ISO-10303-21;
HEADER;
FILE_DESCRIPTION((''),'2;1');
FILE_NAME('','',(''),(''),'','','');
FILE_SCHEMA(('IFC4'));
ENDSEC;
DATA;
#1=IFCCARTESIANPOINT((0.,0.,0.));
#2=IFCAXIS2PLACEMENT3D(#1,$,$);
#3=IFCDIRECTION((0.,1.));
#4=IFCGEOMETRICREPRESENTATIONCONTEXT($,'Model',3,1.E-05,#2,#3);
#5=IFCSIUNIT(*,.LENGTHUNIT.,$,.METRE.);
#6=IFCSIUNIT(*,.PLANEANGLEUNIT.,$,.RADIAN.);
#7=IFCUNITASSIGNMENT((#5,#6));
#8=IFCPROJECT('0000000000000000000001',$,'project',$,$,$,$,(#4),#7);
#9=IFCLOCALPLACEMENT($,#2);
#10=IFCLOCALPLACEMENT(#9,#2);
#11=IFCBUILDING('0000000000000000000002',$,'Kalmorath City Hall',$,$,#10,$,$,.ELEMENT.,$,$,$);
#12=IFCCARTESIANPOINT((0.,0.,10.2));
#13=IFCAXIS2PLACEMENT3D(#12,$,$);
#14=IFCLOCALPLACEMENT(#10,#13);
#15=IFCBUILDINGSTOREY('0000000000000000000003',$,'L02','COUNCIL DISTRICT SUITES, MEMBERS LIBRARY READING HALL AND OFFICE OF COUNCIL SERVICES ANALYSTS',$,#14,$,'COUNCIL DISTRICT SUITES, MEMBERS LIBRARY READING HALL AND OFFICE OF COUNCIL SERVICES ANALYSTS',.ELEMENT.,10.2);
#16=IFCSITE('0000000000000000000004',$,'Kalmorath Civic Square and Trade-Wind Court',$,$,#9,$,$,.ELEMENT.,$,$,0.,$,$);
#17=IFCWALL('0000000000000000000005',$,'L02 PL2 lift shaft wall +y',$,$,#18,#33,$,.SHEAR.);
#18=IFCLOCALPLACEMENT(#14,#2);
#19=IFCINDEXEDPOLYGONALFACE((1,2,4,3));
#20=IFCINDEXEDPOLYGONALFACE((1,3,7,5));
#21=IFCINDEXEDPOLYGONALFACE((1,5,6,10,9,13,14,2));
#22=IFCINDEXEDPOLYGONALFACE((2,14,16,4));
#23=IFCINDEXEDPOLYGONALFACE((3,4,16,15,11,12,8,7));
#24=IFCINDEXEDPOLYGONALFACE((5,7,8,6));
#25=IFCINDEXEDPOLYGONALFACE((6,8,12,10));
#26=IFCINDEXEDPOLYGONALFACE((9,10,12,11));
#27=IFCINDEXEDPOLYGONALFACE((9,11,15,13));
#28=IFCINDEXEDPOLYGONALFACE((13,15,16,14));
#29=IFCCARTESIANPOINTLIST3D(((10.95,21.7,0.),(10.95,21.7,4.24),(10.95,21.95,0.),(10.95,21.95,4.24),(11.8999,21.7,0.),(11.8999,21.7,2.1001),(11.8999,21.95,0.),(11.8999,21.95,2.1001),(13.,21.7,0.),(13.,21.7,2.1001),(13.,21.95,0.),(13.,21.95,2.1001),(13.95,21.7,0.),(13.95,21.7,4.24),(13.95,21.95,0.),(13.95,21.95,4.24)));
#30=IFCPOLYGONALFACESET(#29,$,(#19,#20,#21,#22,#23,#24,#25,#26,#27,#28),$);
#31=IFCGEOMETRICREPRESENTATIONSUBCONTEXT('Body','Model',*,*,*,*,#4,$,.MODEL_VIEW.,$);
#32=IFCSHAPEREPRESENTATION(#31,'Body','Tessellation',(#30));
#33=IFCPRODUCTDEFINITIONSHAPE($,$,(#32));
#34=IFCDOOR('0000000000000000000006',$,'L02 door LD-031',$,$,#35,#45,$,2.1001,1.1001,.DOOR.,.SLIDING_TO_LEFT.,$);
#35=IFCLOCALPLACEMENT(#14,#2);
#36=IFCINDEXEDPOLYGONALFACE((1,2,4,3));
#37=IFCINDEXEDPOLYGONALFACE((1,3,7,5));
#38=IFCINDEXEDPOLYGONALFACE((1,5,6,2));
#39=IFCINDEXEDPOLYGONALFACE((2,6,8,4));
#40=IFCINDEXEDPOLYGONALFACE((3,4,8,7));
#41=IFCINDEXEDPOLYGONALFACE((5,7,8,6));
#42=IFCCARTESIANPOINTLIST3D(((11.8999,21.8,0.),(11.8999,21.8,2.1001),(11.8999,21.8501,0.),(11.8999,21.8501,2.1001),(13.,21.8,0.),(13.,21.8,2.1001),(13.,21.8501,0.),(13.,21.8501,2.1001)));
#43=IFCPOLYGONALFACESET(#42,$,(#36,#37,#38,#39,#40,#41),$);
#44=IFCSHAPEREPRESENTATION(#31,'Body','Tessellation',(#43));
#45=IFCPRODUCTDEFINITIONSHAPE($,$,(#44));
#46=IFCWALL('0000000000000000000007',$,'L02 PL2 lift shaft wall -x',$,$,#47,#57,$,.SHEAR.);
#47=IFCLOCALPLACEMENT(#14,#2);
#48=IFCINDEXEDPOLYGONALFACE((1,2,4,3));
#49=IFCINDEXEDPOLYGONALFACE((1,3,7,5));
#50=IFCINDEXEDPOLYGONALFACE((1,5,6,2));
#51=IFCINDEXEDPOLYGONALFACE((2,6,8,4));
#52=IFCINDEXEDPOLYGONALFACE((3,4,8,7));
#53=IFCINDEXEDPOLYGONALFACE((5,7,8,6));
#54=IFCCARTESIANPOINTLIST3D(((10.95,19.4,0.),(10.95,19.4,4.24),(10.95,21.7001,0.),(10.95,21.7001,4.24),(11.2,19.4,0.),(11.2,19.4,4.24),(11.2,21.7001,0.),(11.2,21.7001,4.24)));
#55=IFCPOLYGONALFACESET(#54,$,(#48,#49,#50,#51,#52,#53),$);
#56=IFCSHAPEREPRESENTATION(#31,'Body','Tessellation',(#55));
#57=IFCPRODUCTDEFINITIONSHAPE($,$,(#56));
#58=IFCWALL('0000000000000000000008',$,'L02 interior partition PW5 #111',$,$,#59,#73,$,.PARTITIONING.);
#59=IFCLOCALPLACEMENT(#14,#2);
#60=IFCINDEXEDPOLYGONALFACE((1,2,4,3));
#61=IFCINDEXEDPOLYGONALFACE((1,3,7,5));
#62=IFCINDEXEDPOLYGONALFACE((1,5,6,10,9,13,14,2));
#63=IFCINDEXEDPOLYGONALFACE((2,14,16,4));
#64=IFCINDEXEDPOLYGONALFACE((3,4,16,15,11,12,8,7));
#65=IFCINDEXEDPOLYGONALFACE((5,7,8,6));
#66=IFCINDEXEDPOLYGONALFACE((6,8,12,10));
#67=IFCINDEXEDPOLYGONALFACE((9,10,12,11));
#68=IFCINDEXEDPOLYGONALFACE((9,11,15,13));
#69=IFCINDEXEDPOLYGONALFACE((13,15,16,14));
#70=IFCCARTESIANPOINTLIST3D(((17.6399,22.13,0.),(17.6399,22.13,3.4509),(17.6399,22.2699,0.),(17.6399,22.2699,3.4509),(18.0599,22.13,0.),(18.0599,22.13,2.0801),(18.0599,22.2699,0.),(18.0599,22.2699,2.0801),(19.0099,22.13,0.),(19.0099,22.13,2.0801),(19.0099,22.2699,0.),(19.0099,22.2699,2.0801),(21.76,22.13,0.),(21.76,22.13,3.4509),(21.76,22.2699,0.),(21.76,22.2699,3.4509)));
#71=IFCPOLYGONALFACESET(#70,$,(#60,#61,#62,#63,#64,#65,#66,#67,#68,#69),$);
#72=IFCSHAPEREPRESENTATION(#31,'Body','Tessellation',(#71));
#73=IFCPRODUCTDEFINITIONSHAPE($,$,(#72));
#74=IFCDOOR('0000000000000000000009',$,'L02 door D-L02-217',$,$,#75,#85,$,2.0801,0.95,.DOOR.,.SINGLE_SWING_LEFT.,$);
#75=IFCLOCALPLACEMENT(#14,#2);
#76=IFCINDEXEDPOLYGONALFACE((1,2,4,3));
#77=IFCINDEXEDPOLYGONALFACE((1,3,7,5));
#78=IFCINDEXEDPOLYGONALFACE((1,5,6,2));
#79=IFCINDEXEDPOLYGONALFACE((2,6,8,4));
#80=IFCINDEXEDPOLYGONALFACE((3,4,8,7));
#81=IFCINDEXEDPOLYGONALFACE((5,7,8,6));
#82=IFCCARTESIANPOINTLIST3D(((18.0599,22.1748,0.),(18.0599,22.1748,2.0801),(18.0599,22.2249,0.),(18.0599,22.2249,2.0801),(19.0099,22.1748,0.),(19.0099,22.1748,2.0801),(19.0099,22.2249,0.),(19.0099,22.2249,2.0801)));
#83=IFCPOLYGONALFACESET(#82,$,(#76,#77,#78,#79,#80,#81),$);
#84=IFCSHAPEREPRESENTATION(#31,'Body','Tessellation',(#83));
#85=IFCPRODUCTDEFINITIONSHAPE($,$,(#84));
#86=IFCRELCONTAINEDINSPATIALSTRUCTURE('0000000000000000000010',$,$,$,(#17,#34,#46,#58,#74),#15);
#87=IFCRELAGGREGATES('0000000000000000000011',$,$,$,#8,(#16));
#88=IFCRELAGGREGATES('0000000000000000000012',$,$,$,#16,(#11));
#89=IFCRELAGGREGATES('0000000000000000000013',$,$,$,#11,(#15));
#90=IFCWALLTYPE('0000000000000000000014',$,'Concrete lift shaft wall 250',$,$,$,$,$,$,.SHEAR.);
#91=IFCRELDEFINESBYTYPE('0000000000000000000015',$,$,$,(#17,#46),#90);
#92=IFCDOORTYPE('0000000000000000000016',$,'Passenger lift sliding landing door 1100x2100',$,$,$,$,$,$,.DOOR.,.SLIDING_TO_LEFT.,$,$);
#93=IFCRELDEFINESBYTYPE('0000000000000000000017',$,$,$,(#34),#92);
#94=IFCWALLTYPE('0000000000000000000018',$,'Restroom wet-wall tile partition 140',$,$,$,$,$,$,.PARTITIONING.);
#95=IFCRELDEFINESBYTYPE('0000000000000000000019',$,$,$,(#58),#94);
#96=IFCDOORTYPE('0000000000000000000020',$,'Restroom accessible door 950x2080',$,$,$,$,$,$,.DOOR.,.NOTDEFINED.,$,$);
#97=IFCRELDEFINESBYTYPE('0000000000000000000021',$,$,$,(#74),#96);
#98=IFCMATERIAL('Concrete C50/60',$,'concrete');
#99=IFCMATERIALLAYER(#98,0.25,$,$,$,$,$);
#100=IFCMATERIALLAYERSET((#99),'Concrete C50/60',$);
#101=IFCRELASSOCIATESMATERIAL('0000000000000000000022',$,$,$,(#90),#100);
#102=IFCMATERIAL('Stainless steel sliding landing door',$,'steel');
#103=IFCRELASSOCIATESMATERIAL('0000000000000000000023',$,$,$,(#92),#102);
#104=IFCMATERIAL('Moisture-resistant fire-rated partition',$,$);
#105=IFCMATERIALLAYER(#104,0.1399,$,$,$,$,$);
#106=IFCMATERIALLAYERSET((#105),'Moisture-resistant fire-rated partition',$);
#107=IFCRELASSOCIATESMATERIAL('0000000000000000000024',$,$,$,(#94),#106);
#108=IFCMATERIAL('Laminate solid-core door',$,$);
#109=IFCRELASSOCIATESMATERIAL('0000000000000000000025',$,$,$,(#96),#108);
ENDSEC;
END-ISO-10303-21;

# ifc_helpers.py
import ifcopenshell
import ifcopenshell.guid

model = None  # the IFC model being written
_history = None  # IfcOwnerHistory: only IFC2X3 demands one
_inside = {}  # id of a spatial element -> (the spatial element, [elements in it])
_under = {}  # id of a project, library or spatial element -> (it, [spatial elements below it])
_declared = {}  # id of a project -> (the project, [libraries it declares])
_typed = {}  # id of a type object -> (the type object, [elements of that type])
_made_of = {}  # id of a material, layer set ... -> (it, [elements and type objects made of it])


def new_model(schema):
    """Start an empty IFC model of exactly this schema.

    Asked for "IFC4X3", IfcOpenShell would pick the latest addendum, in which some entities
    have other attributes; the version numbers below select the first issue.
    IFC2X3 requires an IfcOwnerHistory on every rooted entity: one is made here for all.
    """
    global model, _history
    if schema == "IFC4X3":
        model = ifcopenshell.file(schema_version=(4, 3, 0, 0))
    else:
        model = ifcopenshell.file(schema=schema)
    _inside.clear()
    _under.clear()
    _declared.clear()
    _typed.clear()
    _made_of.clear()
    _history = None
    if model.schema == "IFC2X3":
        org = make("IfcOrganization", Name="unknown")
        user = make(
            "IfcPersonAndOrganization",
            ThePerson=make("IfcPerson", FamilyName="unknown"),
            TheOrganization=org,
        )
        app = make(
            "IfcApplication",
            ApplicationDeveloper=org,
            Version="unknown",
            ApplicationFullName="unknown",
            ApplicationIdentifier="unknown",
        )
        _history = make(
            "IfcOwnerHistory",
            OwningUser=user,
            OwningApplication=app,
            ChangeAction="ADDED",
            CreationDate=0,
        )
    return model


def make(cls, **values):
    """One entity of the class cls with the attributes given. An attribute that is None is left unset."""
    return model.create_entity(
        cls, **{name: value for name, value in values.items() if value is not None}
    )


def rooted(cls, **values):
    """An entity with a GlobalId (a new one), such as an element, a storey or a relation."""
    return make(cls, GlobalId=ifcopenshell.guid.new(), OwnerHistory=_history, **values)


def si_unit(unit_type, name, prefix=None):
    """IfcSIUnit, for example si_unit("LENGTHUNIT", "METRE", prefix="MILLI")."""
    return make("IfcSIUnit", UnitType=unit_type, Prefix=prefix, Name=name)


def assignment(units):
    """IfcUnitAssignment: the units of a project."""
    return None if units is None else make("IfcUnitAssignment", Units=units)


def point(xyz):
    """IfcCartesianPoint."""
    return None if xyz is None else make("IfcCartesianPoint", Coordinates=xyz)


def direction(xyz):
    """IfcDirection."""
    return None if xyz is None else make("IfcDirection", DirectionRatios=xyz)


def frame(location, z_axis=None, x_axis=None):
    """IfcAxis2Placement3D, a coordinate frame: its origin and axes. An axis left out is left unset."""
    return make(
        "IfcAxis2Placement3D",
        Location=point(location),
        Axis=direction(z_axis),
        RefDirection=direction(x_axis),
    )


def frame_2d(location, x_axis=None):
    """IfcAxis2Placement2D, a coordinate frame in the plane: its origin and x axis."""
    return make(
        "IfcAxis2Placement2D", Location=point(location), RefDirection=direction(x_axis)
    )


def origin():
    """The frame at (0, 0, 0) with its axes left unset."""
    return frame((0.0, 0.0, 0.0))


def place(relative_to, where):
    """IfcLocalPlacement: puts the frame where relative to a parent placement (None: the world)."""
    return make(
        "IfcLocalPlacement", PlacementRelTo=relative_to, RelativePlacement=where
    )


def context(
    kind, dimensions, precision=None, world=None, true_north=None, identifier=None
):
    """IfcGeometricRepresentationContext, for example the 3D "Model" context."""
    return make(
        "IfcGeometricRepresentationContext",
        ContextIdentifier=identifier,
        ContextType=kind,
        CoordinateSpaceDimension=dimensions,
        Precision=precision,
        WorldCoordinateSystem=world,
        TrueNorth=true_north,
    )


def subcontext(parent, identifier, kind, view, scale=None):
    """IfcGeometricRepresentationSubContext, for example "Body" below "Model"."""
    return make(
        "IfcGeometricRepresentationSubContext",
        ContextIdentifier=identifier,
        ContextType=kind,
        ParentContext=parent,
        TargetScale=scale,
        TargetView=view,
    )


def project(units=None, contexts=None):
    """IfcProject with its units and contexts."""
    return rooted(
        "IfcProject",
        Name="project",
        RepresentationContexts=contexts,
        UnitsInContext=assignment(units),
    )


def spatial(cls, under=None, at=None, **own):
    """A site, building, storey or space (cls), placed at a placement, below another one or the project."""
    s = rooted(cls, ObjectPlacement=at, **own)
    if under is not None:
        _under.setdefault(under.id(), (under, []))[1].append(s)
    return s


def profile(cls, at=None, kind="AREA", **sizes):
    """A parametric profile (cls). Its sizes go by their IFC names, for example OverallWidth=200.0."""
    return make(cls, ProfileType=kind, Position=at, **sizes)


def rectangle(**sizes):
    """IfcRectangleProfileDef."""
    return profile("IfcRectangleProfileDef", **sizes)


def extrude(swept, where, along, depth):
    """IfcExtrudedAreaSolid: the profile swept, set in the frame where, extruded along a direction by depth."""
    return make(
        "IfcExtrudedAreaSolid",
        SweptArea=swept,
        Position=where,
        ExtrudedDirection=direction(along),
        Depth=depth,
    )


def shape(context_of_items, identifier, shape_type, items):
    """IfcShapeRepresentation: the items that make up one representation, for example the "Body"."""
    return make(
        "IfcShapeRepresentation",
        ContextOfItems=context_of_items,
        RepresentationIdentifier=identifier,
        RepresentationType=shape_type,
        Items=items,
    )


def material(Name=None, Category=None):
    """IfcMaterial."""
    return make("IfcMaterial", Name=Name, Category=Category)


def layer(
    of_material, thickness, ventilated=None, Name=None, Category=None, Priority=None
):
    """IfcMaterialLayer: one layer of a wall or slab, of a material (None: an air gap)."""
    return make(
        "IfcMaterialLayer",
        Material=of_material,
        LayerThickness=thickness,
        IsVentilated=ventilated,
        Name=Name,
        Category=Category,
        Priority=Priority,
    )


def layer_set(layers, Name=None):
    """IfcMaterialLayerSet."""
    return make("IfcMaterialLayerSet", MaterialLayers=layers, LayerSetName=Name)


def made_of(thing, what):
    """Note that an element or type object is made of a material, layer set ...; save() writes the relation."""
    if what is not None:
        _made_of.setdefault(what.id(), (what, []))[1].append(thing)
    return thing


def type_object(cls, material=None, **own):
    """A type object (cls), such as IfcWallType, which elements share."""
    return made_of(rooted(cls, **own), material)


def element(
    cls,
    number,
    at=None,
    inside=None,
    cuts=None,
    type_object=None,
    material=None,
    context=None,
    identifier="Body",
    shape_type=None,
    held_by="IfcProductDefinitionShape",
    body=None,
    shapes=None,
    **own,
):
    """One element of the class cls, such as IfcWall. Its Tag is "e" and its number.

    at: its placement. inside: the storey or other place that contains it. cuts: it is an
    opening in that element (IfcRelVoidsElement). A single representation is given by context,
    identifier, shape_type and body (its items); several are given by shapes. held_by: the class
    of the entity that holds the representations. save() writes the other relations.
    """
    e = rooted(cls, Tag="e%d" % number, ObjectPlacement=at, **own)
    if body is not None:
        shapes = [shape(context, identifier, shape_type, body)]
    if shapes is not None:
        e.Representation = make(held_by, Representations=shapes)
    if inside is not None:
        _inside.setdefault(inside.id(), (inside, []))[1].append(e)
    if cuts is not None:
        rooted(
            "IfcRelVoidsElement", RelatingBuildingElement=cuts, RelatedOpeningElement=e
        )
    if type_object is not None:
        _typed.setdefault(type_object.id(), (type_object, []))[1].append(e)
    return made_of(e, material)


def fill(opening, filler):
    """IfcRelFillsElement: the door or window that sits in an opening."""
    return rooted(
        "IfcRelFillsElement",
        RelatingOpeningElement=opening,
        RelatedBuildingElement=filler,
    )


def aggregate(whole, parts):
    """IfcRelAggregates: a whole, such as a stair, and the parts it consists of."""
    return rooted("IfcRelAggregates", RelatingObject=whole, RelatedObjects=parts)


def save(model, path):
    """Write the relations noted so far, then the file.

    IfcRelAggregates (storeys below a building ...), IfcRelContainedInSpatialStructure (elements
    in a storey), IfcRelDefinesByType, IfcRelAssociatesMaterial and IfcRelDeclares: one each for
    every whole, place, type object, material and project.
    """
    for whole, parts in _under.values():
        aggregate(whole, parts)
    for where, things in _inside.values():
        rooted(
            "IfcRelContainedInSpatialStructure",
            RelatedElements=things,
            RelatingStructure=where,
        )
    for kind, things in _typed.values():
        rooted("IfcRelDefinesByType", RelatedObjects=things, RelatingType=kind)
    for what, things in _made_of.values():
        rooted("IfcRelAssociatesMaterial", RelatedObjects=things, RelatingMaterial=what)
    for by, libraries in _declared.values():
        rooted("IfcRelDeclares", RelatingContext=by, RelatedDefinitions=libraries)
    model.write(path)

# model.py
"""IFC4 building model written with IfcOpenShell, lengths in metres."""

from ifc_helpers import new_model, si_unit, direction, frame, frame_2d, origin, place, context, subcontext, project, spatial, rectangle, extrude, material, layer, layer_set, type_object, element, fill, save


model = new_model("IFC4")

# Units and contexts
model_context = context("Model", 3, precision=1e-05, world=origin(), true_north=direction((0.0, 1.0)))
body_context = subcontext(model_context, "Body", "Model", "MODEL_VIEW")
ifc_project = project(units=[si_unit("LENGTHUNIT", "METRE"), si_unit("PLANEANGLEUNIT", "RADIAN")], contexts=[model_context])

# Site, building, storey
site_placement = place(None, origin())
site = spatial("IfcSite", under=ifc_project, at=site_placement, Name="Kalmorath Civic Square and Trade-Wind Court", CompositionType="ELEMENT", RefElevation=0.0)
building_placement = place(site_placement, origin())
building = spatial("IfcBuilding", under=site, at=building_placement, Name="Kalmorath City Hall", CompositionType="ELEMENT")
storey_placement = place(building_placement, frame((0.0, 0.0, 10.2)))
storey = spatial("IfcBuildingStorey", under=building, at=storey_placement, Name="L02", Description="COUNCIL DISTRICT SUITES, MEMBERS LIBRARY READING HALL AND OFFICE OF COUNCIL SERVICES ANALYSTS", LongName="COUNCIL DISTRICT SUITES, MEMBERS LIBRARY READING HALL AND OFFICE OF COUNCIL SERVICES ANALYSTS", CompositionType="ELEMENT", Elevation=10.2)

# Wall, opening, door
ifc_material_1 = material(Name="Concrete C50/60", Category="concrete")
ifc_layer_1 = layer(ifc_material_1, 0.25)
ifc_layer_set_1 = layer_set([ifc_layer_1], Name="Concrete C50/60")
wall_type_1 = type_object("IfcWallType", Name="Concrete lift shaft wall 250", PredefinedType="SHEAR", material=ifc_layer_set_1)
ifc_material_2 = material(Name="Stainless steel sliding landing door", Category="steel")
door_type_1 = type_object("IfcDoorType", Name="Passenger lift sliding landing door 1100x2100", OperationType="SLIDING_TO_LEFT", PredefinedType="DOOR", material=ifc_material_2)
wall_1_placement = place(storey_placement, frame((13.95, 21.825, 0.0), z_axis=(0.0, 0.0, 1.0), x_axis=(-1.0, 0.0, 0.0)))
wall_1 = element("IfcWall", 1, at=wall_1_placement, inside=storey, type_object=wall_type_1, Name="L02 PL2 lift shaft wall +y", PredefinedType="SHEAR", context=body_context, shape_type="SweptSolid", body=[
    extrude(rectangle(XDim=3.0, YDim=0.25, at=frame_2d((1.5, 0.0))), origin(), (0.0, 0.0, 1.0), 4.24),
])
opening_1_placement = place(wall_1_placement, frame((0.95, 0.0, 0.0)))
opening_1 = element("IfcOpeningElement", 2, at=opening_1_placement, cuts=wall_1, PredefinedType="OPENING", context=body_context, shape_type="SweptSolid", body=[
    extrude(rectangle(XDim=1.1001, YDim=2.1001, at=frame_2d((0.55, 1.05))), frame((0.0, 0.135, 0.0), z_axis=(0.0, -1.0, 0.0), x_axis=(1.0, 0.0, 0.0)), (0.0, 0.0, 1.0), 0.27),
])
door_1_placement = place(opening_1_placement, origin())
door_1 = element("IfcDoor", 3, at=door_1_placement, inside=storey, type_object=door_type_1, Name="L02 door LD-031", OperationType="SLIDING_TO_LEFT", OverallHeight=2.1001, OverallWidth=1.1001, PredefinedType="DOOR", context=body_context, shape_type="SweptSolid", body=[
    extrude(rectangle(XDim=1.1001, YDim=2.1001, at=frame_2d((0.55, 1.05))), frame((0.0, 0.0249, 0.0), z_axis=(0.0, -1.0, 0.0), x_axis=(1.0, 0.0, 0.0)), (0.0, 0.0, 1.0), 0.05),
])
fill(opening_1, door_1)

# Wall
wall_2_placement = place(storey_placement, frame((11.075, 21.7, 0.0), z_axis=(0.0, 0.0, 1.0), x_axis=(0.0, -1.0, 0.0)))
element("IfcWall", 4, at=wall_2_placement, inside=storey, type_object=wall_type_1, Name="L02 PL2 lift shaft wall -x", PredefinedType="SHEAR", context=body_context, shape_type="SweptSolid", body=[
    extrude(rectangle(XDim=2.3, YDim=0.25, at=frame_2d((1.1499, 0.0))), origin(), (0.0, 0.0, 1.0), 4.24),
])

# Wall, opening, door
ifc_material_3 = material(Name="Moisture-resistant fire-rated partition")
ifc_layer_2 = layer(ifc_material_3, 0.1399)
ifc_layer_set_2 = layer_set([ifc_layer_2], Name="Moisture-resistant fire-rated partition")
wall_type_2 = type_object("IfcWallType", Name="Restroom wet-wall tile partition 140", PredefinedType="PARTITIONING", material=ifc_layer_set_2)
wall_3_placement = place(storey_placement, frame((17.6399, 22.2, 0.0), z_axis=(0.0, 0.0, 1.0), x_axis=(1.0, 0.0, 0.0)))
wall_3 = element("IfcWall", 5, at=wall_3_placement, inside=storey, type_object=wall_type_2, Name="L02 interior partition PW5 #111", PredefinedType="PARTITIONING", context=body_context, shape_type="SweptSolid", body=[
    extrude(rectangle(XDim=4.1201, YDim=0.1399, at=frame_2d((2.0601, 0.0))), origin(), (0.0, 0.0, 1.0), 3.4509),
])
opening_2_placement = place(wall_3_placement, frame((0.4199, 0.0, 0.0)))
opening_2 = element("IfcOpeningElement", 6, at=opening_2_placement, cuts=wall_3, PredefinedType="OPENING", context=body_context, shape_type="SweptSolid", body=[
    extrude(rectangle(XDim=0.95, YDim=2.0801, at=frame_2d((0.4751, 1.04))), frame((0.0, 0.0798, 0.0), z_axis=(0.0, -1.0, 0.0), x_axis=(1.0, 0.0, 0.0)), (0.0, 0.0, 1.0), 0.1599),
])
ifc_material_4 = material(Name="Laminate solid-core door")
door_type_2 = type_object("IfcDoorType", Name="Restroom accessible door 950x2080", OperationType="NOTDEFINED", PredefinedType="DOOR", material=ifc_material_4)
door_2_placement = place(opening_2_placement, origin())
door_2 = element("IfcDoor", 7, at=door_2_placement, inside=storey, type_object=door_type_2, Name="L02 door D-L02-217", OperationType="SINGLE_SWING_LEFT", OverallHeight=2.0801, OverallWidth=0.95, PredefinedType="DOOR", context=body_context, shape_type="SweptSolid", body=[
    extrude(rectangle(XDim=0.95, YDim=2.0801, at=frame_2d((0.4751, 1.04))), frame((0.0, 0.0249, 0.0), z_axis=(0.0, -1.0, 0.0), x_axis=(1.0, 0.0, 0.0)), (0.0, 0.0, 1.0), 0.05),
])
fill(opening_2, door_2)

save(model, "model.ifc")
